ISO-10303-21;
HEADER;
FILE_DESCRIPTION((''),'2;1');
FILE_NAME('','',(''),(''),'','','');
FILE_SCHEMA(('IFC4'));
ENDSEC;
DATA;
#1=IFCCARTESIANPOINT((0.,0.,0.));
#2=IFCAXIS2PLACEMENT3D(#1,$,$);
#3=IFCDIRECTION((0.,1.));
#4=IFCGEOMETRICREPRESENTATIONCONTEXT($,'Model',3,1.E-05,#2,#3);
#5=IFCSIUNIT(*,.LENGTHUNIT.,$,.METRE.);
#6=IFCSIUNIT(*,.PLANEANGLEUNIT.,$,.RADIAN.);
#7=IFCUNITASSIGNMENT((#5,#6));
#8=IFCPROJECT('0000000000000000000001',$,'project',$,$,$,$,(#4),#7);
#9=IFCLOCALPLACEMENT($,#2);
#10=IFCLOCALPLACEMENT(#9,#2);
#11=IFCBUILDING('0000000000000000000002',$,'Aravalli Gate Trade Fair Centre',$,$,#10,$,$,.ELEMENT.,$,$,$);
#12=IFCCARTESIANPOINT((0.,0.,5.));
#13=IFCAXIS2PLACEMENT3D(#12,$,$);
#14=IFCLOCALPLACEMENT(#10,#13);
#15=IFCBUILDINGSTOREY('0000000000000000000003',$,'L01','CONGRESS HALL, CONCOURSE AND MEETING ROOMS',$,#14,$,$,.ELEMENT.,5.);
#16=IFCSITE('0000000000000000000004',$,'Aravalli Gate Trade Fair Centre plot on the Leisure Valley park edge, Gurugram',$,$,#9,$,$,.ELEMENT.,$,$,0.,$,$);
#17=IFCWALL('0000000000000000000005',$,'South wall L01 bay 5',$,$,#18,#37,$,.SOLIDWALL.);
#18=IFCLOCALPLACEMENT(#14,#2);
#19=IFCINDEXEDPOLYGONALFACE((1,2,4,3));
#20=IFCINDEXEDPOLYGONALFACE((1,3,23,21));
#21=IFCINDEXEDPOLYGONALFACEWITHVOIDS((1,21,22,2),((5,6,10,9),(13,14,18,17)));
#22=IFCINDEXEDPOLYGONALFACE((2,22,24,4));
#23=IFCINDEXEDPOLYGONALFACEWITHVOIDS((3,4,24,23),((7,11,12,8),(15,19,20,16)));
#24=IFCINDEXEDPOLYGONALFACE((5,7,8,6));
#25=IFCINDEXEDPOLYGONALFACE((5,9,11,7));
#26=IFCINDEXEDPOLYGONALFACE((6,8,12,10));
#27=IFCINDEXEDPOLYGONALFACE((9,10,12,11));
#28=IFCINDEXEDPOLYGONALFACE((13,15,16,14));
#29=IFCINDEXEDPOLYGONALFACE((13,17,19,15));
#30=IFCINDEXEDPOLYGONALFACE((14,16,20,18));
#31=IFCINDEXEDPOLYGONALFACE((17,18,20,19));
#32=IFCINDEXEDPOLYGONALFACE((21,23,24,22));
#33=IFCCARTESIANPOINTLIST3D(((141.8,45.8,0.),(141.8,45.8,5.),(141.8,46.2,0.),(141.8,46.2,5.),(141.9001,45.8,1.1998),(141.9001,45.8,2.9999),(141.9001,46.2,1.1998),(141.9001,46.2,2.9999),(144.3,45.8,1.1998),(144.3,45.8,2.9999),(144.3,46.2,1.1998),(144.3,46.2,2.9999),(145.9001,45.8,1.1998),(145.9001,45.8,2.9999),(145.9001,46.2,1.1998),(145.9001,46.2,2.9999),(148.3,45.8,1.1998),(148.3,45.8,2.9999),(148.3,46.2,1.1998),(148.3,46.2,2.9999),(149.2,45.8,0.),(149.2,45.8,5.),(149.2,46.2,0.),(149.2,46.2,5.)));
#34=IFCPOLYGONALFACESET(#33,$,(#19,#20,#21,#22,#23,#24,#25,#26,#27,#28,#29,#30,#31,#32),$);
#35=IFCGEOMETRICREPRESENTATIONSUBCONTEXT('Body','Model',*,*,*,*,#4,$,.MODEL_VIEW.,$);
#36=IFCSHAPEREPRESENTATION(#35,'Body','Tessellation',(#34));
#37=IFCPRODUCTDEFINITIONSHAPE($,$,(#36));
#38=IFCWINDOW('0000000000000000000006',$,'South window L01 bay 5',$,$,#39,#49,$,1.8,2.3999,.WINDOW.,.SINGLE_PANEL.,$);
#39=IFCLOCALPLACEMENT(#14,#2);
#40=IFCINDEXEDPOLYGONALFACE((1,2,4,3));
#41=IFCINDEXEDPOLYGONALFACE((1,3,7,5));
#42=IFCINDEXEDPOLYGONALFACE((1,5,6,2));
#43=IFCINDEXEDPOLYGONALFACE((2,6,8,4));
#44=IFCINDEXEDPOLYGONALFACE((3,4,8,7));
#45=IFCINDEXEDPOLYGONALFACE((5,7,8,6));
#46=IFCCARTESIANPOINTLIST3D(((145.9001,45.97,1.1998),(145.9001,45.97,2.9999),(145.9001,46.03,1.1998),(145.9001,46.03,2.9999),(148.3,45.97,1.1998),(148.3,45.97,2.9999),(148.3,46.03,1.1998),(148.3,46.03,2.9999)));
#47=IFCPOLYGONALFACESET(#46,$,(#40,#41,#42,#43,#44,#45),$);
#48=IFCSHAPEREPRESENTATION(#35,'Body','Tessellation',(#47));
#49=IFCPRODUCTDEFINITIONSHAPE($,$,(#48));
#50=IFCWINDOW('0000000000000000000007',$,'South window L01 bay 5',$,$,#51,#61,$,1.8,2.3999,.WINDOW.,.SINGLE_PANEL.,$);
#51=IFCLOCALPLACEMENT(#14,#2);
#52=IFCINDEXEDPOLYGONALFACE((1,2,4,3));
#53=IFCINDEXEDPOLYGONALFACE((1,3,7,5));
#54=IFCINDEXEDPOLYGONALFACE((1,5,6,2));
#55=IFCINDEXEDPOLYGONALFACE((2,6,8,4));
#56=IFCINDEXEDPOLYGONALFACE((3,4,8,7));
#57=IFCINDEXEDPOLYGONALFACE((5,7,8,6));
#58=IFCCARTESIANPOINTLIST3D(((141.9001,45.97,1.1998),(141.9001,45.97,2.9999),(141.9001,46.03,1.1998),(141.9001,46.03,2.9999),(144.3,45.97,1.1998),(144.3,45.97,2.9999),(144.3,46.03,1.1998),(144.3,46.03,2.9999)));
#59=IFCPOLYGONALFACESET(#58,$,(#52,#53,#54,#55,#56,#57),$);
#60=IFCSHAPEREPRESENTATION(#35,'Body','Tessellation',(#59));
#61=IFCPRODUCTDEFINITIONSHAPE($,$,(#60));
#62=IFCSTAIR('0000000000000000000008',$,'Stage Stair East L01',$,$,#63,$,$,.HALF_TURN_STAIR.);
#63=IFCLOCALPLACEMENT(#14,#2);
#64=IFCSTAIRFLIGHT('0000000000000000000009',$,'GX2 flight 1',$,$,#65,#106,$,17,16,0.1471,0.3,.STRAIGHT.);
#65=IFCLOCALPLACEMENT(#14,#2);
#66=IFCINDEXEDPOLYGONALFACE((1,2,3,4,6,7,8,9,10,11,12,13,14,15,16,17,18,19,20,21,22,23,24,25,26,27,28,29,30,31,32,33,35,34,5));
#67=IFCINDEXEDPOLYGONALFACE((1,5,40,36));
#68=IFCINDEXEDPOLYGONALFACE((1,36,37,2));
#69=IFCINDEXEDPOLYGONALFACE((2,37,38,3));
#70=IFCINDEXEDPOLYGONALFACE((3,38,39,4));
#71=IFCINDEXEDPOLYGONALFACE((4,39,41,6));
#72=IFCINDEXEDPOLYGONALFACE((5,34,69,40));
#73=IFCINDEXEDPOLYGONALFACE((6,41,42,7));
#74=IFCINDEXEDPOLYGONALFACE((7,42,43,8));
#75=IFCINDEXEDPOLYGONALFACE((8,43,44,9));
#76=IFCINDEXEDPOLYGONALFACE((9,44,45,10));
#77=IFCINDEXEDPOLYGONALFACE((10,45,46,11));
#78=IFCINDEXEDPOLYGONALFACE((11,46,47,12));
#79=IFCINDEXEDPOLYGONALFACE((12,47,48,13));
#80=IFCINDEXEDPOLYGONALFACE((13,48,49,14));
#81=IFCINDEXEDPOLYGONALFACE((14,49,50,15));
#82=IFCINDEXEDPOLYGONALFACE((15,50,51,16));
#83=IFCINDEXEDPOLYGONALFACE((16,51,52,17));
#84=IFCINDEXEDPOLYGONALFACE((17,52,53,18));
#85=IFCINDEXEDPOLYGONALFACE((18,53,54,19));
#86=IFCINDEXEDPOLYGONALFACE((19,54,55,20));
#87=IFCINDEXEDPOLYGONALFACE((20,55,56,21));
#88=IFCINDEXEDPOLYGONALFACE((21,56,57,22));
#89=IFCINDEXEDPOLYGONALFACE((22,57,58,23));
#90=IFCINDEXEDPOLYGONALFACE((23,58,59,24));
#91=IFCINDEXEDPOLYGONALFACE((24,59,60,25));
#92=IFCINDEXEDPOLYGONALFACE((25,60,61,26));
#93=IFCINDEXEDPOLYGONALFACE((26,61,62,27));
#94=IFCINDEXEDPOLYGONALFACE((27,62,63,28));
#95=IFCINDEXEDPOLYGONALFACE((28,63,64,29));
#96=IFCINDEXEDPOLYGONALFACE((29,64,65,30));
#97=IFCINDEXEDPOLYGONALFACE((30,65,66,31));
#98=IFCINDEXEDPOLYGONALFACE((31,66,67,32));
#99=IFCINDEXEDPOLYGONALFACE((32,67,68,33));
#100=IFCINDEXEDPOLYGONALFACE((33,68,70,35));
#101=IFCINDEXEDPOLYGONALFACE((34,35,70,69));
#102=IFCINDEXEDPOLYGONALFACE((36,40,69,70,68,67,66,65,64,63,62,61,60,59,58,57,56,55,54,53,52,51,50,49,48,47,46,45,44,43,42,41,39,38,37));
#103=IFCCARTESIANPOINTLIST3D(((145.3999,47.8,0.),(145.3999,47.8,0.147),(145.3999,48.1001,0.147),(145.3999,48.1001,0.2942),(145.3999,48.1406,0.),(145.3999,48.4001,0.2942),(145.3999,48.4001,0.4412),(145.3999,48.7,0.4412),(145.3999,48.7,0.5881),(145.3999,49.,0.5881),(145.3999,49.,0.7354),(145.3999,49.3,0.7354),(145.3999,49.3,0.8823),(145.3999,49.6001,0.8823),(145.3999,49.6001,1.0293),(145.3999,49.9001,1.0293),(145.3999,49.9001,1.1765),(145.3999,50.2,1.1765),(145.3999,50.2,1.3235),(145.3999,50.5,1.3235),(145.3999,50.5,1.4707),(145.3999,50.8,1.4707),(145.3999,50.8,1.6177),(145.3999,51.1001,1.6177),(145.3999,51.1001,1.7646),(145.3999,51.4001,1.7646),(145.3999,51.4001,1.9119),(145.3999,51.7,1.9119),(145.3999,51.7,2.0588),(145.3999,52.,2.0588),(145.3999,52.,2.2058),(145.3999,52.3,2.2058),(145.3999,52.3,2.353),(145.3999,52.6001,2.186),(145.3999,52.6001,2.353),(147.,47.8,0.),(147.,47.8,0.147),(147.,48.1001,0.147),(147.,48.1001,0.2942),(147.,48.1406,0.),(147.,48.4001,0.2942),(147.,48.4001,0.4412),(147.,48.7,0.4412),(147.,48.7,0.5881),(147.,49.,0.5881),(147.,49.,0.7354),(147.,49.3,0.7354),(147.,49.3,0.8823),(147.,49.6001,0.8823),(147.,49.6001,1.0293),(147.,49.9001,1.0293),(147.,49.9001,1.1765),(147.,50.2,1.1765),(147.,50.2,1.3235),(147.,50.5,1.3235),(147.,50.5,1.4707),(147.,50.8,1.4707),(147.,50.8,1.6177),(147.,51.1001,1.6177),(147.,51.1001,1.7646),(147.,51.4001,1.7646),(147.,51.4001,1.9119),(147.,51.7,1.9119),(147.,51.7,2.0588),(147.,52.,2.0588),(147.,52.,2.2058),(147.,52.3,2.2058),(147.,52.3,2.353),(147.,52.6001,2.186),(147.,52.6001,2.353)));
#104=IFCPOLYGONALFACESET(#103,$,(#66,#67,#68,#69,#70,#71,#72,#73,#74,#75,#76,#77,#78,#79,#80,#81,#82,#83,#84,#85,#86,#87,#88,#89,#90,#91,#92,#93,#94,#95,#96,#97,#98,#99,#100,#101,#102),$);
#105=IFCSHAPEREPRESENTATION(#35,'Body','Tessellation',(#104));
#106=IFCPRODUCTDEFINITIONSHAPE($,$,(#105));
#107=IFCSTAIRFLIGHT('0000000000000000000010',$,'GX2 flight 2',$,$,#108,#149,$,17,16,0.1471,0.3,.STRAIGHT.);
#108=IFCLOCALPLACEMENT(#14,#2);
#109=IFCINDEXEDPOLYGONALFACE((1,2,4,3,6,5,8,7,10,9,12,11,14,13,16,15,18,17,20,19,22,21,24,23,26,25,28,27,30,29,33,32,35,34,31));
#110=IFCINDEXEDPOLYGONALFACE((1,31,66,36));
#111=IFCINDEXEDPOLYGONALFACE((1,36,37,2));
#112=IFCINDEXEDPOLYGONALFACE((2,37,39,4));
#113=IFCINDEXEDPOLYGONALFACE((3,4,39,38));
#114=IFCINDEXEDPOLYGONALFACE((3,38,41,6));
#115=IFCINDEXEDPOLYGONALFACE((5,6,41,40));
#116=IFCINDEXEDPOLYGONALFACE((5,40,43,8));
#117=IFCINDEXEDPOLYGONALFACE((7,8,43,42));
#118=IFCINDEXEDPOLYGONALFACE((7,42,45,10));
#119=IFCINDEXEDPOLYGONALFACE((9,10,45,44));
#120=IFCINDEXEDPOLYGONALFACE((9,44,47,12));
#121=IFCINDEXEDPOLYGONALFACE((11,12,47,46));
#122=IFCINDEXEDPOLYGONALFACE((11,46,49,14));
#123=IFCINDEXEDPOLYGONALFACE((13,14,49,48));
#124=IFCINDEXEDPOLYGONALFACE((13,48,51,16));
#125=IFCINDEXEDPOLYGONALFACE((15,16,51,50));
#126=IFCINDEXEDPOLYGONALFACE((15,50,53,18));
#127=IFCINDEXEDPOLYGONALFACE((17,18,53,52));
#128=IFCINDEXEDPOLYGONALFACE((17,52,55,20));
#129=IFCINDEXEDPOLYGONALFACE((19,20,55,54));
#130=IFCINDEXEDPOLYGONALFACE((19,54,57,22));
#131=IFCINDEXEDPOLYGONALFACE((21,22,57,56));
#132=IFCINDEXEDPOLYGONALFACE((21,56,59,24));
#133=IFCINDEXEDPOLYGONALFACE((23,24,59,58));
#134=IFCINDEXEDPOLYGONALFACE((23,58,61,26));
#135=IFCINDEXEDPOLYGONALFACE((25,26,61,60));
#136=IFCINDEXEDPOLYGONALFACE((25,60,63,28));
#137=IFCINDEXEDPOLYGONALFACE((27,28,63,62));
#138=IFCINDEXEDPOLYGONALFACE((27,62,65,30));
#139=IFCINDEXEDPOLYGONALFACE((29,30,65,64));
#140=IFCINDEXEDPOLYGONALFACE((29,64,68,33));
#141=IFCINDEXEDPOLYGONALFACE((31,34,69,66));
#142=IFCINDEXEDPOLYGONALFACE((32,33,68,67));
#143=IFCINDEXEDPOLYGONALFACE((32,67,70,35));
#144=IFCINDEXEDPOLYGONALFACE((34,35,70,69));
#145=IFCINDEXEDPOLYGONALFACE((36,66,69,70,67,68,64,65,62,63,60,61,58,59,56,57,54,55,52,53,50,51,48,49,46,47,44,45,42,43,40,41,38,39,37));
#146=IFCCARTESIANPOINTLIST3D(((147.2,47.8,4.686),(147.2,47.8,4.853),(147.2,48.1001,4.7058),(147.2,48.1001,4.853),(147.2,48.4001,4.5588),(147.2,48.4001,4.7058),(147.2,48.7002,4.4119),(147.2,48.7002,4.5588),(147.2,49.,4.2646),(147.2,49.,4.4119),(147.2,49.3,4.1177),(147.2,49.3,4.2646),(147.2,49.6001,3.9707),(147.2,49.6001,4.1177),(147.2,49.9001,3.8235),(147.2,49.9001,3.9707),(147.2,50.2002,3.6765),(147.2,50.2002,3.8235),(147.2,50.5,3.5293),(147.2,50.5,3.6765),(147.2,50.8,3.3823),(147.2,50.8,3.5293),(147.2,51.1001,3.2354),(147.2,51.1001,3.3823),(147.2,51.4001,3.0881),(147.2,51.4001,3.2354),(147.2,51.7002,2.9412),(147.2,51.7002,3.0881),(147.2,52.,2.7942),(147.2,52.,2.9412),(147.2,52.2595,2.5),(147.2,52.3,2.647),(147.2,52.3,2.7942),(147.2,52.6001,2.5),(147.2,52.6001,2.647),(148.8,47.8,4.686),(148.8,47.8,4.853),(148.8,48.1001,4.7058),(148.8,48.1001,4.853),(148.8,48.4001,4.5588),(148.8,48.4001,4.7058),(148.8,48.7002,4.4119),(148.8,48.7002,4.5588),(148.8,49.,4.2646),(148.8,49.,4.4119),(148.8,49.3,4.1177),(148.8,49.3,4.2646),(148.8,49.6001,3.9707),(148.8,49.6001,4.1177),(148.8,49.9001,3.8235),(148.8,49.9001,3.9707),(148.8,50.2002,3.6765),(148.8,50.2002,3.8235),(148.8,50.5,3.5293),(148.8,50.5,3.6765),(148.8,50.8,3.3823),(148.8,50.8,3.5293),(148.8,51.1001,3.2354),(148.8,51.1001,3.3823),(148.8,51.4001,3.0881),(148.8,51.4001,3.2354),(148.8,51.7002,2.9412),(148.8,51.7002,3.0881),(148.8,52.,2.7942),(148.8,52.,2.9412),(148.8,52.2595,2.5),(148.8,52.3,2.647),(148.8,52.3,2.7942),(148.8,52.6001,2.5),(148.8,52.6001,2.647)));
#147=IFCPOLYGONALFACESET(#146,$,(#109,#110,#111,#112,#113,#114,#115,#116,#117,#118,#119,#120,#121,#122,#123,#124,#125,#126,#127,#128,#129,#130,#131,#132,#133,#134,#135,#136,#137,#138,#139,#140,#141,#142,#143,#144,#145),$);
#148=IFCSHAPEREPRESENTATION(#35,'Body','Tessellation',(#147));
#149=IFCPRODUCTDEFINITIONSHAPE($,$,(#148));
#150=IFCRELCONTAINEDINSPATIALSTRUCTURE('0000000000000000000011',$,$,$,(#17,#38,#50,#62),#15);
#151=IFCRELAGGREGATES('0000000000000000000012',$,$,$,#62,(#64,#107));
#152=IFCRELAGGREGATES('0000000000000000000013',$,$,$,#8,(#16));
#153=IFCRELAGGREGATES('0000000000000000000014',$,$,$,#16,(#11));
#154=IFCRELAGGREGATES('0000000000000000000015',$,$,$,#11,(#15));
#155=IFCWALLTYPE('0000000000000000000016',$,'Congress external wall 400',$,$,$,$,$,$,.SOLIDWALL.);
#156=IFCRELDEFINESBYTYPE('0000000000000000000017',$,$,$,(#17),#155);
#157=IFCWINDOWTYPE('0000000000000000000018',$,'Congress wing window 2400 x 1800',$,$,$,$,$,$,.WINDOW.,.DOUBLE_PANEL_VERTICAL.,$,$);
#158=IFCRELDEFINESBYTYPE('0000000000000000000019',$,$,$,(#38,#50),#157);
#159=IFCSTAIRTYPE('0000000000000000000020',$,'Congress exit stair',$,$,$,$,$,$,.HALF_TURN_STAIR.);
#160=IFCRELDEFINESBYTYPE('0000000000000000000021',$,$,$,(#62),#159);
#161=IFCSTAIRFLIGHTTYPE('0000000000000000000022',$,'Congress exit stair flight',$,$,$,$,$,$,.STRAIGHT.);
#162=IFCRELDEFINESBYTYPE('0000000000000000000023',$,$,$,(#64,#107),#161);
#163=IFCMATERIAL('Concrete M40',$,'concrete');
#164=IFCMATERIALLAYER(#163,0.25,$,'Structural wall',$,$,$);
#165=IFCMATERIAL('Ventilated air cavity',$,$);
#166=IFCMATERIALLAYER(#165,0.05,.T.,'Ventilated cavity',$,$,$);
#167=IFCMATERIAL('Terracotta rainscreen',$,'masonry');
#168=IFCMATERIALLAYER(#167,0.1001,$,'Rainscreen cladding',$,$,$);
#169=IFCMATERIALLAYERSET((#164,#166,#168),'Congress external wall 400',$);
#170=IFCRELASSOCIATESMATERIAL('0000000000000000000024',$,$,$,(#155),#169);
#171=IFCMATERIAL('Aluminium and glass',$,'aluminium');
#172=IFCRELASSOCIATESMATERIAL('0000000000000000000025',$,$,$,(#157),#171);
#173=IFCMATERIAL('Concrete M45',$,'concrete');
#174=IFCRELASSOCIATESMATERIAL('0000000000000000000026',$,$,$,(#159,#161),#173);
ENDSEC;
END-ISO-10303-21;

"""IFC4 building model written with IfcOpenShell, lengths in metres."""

from ifc_helpers import new_model, si_unit, direction, frame, frame_2d, origin, place, context, subcontext, project, spatial, polyline, rectangle, outline, extrude, material, layer, layer_set, type_object, element, fill, aggregate, save


model = new_model("IFC4")

# Units and contexts
model_context = context("Model", 3, precision=1e-05, world=origin(), true_north=direction((0.0, 1.0)))
body_context = subcontext(model_context, "Body", "Model", "MODEL_VIEW")
ifc_project = project(units=[si_unit("LENGTHUNIT", "METRE"), si_unit("PLANEANGLEUNIT", "RADIAN")], contexts=[model_context])

# Site, building, storey
site_placement = place(None, origin())
site = spatial("IfcSite", under=ifc_project, at=site_placement, Name="Aravalli Gate Trade Fair Centre plot on the Leisure Valley park edge, Gurugram", CompositionType="ELEMENT", RefElevation=0.0)
building_placement = place(site_placement, origin())
building = spatial("IfcBuilding", under=site, at=building_placement, Name="Aravalli Gate Trade Fair Centre", CompositionType="ELEMENT")
storey_placement = place(building_placement, frame((0.0, 0.0, 5.0)))
storey = spatial("IfcBuildingStorey", under=building, at=storey_placement, Name="L01", Description="CONGRESS HALL, CONCOURSE AND MEETING ROOMS", CompositionType="ELEMENT", Elevation=5.0)

# Shared definitions
ifc_material_1 = material(Name="Concrete M45", Category="concrete")

# Shared definitions
ifc_material_2 = material(Name="Concrete M40", Category="concrete")

# Shared definitions
ifc_layer_1 = layer(ifc_material_2, 0.25, Name="Structural wall")
ifc_material_3 = material(Name="Ventilated air cavity")
ifc_layer_2 = layer(ifc_material_3, 0.05, ventilated=True, Name="Ventilated cavity")
ifc_material_4 = material(Name="Terracotta rainscreen", Category="masonry")
ifc_layer_3 = layer(ifc_material_4, 0.1001, Name="Rainscreen cladding")
ifc_layer_set_1 = layer_set([ifc_layer_1, ifc_layer_2, ifc_layer_3], Name="Congress external wall 400")
wall_type_1 = type_object("IfcWallType", Name="Congress external wall 400", PredefinedType="SOLIDWALL", material=ifc_layer_set_1)
ifc_material_5 = material(Name="Aluminium and glass", Category="aluminium")
window_type = type_object("IfcWindowType", Name="Congress wing window 2400 x 1800", PartitioningType="DOUBLE_PANEL_VERTICAL", PredefinedType="WINDOW", material=ifc_material_5)

# Wall, openings, windows
wall_1_placement = place(storey_placement, frame((141.8, 46.0, 0.0), z_axis=(0.0, 0.0, 1.0), x_axis=(1.0, 0.0, 0.0)))
wall_1 = element("IfcWall", 1, at=wall_1_placement, inside=storey, type_object=wall_type_1, Name="South wall L01 bay 5", PredefinedType="SOLIDWALL", context=body_context, shape_type="SweptSolid", body=[
    extrude(rectangle(XDim=7.3999, YDim=0.3999, at=frame_2d((3.7, 0.0))), origin(), (0.0, 0.0, 1.0), 5.0),
])
opening_1_placement = place(wall_1_placement, frame((4.1001, 0.0, 1.2)))
opening_1 = element("IfcOpeningElement", 2, at=opening_1_placement, cuts=wall_1, PredefinedType="OPENING", context=body_context, shape_type="SweptSolid", body=[
    extrude(rectangle(XDim=2.3999, YDim=1.8, at=frame_2d((1.2, 0.8999))), frame((0.0, 0.21, 0.0), z_axis=(0.0, -1.0, 0.0), x_axis=(1.0, 0.0, 0.0)), (0.0, 0.0, 1.0), 0.4199),
])
opening_2_placement = place(wall_1_placement, frame((0.1001, 0.0, 1.2)))
opening_2 = element("IfcOpeningElement", 3, at=opening_2_placement, cuts=wall_1, PredefinedType="OPENING", context=body_context, shape_type="SweptSolid", body=[
    extrude(rectangle(XDim=2.3999, YDim=1.8, at=frame_2d((1.2, 0.8999))), frame((0.0, 0.21, 0.0), z_axis=(0.0, -1.0, 0.0), x_axis=(1.0, 0.0, 0.0)), (0.0, 0.0, 1.0), 0.4199),
])
window_1_placement = place(opening_1_placement, origin())
window_1 = element("IfcWindow", 4, at=window_1_placement, inside=storey, type_object=window_type, Name="South window L01 bay 5", OverallHeight=1.8, OverallWidth=2.3999, PartitioningType="SINGLE_PANEL", PredefinedType="WINDOW", context=body_context, shape_type="SweptSolid", body=[
    extrude(rectangle(XDim=2.3999, YDim=1.8, at=frame_2d((1.2, 0.8999))), frame((0.0, 0.03, 0.0), z_axis=(0.0, -1.0, 0.0), x_axis=(1.0, 0.0, 0.0)), (0.0, 0.0, 1.0), 0.0601),
])
fill(opening_1, window_1)
window_2_placement = place(opening_2_placement, origin())
window_2 = element("IfcWindow", 5, at=window_2_placement, inside=storey, type_object=window_type, Name="South window L01 bay 5", OverallHeight=1.8, OverallWidth=2.3999, PartitioningType="SINGLE_PANEL", PredefinedType="WINDOW", context=body_context, shape_type="SweptSolid", body=[
    extrude(rectangle(XDim=2.3999, YDim=1.8, at=frame_2d((1.2, 0.8999))), frame((0.0, 0.03, 0.0), z_axis=(0.0, -1.0, 0.0), x_axis=(1.0, 0.0, 0.0)), (0.0, 0.0, 1.0), 0.0601),
])
fill(opening_2, window_2)

# Stair, stair flights
stair_type = type_object("IfcStairType", Name="Congress exit stair", PredefinedType="HALF_TURN_STAIR", material=ifc_material_1)
stair_placement = place(storey_placement, origin())
stair = element("IfcStair", 6, at=stair_placement, inside=storey, type_object=stair_type, Name="Stage Stair East L01", PredefinedType="HALF_TURN_STAIR")
stair_flight_type = type_object("IfcStairFlightType", Name="Congress exit stair flight", PredefinedType="STRAIGHT", material=ifc_material_1)
stair_flight_1_placement = place(storey_placement, frame((146.2, 47.8, 0.0), z_axis=(0.0, 0.0, 1.0), x_axis=(0.0, 1.0, 0.0)))
stair_flight_1 = element("IfcStairFlight", 7, at=stair_flight_1_placement, type_object=stair_flight_type, Name="GX2 flight 1", NumberOfRisers=17, NumberOfTreads=16, PredefinedType="STRAIGHT", RiserHeight=0.1471, TreadLength=0.3, context=body_context, shape_type="SweptSolid", body=[
    extrude(outline(polyline([(0.0, 0.0), (0.0, 0.147), (0.3, 0.147), (0.3, 0.2942), (0.6001, 0.2942), (0.6001, 0.4412), (0.8999, 0.4412), (0.8999, 0.5881), (1.2, 0.5881), (1.2, 0.7354), (1.5, 0.7354), (1.5, 0.8823), (1.8, 0.8823), (1.8, 1.0293), (2.1001, 1.0293), (2.1001, 1.1765), (2.3999, 1.1765), (2.3999, 1.3235), (2.7, 1.3235), (2.7, 1.4707), (3.0, 1.4707), (3.0, 1.6177), (3.3, 1.6177), (3.3, 1.7646), (3.6001, 1.7646), (3.6001, 1.9119), (3.8999, 1.9119), (3.8999, 2.0588), (4.2, 2.0588), (4.2, 2.2058), (4.5, 2.2058), (4.5, 2.353), (4.8, 2.353), (4.8, 2.5), (4.8, 2.186), (0.3406, 0.0), (0.0, 0.0)])), frame((0.0, 0.8, 0.0), z_axis=(0.0, -1.0, 0.0), x_axis=(1.0, 0.0, 0.0)), (0.0, 0.0, 1.0), 1.6001),
])
stair_flight_2_placement = place(storey_placement, frame((148.0, 52.6001, 2.5), z_axis=(0.0, 0.0, 1.0), x_axis=(0.0, -1.0, 0.0)))
stair_flight_2 = element("IfcStairFlight", 8, at=stair_flight_2_placement, type_object=stair_flight_type, Name="GX2 flight 2", NumberOfRisers=17, NumberOfTreads=16, PredefinedType="STRAIGHT", RiserHeight=0.1471, TreadLength=0.3, context=body_context, shape_type="SweptSolid", body=[
    extrude(outline(polyline([(0.0, 0.0), (0.0, 0.147), (0.3, 0.147), (0.3, 0.2942), (0.6001, 0.2942), (0.6001, 0.4412), (0.8999, 0.4412), (0.8999, 0.5881), (1.2, 0.5881), (1.2, 0.7354), (1.5, 0.7354), (1.5, 0.8823), (1.8, 0.8823), (1.8, 1.0293), (2.1001, 1.0293), (2.1001, 1.1765), (2.3999, 1.1765), (2.3999, 1.3235), (2.7, 1.3235), (2.7, 1.4707), (3.0, 1.4707), (3.0, 1.6177), (3.3, 1.6177), (3.3, 1.7646), (3.6001, 1.7646), (3.6001, 1.9119), (3.8999, 1.9119), (3.8999, 2.0588), (4.2, 2.0588), (4.2, 2.2058), (4.5, 2.2058), (4.5, 2.353), (4.8, 2.353), (4.8, 2.5), (4.8, 2.186), (0.3406, 0.0), (0.0, 0.0)])), frame((0.0, 0.8, 0.0), z_axis=(0.0, -1.0, 0.0), x_axis=(1.0, 0.0, 0.0)), (0.0, 0.0, 1.0), 1.6001),
])
aggregate(stair, [stair_flight_1, stair_flight_2])

save(model, "model.ifc")
